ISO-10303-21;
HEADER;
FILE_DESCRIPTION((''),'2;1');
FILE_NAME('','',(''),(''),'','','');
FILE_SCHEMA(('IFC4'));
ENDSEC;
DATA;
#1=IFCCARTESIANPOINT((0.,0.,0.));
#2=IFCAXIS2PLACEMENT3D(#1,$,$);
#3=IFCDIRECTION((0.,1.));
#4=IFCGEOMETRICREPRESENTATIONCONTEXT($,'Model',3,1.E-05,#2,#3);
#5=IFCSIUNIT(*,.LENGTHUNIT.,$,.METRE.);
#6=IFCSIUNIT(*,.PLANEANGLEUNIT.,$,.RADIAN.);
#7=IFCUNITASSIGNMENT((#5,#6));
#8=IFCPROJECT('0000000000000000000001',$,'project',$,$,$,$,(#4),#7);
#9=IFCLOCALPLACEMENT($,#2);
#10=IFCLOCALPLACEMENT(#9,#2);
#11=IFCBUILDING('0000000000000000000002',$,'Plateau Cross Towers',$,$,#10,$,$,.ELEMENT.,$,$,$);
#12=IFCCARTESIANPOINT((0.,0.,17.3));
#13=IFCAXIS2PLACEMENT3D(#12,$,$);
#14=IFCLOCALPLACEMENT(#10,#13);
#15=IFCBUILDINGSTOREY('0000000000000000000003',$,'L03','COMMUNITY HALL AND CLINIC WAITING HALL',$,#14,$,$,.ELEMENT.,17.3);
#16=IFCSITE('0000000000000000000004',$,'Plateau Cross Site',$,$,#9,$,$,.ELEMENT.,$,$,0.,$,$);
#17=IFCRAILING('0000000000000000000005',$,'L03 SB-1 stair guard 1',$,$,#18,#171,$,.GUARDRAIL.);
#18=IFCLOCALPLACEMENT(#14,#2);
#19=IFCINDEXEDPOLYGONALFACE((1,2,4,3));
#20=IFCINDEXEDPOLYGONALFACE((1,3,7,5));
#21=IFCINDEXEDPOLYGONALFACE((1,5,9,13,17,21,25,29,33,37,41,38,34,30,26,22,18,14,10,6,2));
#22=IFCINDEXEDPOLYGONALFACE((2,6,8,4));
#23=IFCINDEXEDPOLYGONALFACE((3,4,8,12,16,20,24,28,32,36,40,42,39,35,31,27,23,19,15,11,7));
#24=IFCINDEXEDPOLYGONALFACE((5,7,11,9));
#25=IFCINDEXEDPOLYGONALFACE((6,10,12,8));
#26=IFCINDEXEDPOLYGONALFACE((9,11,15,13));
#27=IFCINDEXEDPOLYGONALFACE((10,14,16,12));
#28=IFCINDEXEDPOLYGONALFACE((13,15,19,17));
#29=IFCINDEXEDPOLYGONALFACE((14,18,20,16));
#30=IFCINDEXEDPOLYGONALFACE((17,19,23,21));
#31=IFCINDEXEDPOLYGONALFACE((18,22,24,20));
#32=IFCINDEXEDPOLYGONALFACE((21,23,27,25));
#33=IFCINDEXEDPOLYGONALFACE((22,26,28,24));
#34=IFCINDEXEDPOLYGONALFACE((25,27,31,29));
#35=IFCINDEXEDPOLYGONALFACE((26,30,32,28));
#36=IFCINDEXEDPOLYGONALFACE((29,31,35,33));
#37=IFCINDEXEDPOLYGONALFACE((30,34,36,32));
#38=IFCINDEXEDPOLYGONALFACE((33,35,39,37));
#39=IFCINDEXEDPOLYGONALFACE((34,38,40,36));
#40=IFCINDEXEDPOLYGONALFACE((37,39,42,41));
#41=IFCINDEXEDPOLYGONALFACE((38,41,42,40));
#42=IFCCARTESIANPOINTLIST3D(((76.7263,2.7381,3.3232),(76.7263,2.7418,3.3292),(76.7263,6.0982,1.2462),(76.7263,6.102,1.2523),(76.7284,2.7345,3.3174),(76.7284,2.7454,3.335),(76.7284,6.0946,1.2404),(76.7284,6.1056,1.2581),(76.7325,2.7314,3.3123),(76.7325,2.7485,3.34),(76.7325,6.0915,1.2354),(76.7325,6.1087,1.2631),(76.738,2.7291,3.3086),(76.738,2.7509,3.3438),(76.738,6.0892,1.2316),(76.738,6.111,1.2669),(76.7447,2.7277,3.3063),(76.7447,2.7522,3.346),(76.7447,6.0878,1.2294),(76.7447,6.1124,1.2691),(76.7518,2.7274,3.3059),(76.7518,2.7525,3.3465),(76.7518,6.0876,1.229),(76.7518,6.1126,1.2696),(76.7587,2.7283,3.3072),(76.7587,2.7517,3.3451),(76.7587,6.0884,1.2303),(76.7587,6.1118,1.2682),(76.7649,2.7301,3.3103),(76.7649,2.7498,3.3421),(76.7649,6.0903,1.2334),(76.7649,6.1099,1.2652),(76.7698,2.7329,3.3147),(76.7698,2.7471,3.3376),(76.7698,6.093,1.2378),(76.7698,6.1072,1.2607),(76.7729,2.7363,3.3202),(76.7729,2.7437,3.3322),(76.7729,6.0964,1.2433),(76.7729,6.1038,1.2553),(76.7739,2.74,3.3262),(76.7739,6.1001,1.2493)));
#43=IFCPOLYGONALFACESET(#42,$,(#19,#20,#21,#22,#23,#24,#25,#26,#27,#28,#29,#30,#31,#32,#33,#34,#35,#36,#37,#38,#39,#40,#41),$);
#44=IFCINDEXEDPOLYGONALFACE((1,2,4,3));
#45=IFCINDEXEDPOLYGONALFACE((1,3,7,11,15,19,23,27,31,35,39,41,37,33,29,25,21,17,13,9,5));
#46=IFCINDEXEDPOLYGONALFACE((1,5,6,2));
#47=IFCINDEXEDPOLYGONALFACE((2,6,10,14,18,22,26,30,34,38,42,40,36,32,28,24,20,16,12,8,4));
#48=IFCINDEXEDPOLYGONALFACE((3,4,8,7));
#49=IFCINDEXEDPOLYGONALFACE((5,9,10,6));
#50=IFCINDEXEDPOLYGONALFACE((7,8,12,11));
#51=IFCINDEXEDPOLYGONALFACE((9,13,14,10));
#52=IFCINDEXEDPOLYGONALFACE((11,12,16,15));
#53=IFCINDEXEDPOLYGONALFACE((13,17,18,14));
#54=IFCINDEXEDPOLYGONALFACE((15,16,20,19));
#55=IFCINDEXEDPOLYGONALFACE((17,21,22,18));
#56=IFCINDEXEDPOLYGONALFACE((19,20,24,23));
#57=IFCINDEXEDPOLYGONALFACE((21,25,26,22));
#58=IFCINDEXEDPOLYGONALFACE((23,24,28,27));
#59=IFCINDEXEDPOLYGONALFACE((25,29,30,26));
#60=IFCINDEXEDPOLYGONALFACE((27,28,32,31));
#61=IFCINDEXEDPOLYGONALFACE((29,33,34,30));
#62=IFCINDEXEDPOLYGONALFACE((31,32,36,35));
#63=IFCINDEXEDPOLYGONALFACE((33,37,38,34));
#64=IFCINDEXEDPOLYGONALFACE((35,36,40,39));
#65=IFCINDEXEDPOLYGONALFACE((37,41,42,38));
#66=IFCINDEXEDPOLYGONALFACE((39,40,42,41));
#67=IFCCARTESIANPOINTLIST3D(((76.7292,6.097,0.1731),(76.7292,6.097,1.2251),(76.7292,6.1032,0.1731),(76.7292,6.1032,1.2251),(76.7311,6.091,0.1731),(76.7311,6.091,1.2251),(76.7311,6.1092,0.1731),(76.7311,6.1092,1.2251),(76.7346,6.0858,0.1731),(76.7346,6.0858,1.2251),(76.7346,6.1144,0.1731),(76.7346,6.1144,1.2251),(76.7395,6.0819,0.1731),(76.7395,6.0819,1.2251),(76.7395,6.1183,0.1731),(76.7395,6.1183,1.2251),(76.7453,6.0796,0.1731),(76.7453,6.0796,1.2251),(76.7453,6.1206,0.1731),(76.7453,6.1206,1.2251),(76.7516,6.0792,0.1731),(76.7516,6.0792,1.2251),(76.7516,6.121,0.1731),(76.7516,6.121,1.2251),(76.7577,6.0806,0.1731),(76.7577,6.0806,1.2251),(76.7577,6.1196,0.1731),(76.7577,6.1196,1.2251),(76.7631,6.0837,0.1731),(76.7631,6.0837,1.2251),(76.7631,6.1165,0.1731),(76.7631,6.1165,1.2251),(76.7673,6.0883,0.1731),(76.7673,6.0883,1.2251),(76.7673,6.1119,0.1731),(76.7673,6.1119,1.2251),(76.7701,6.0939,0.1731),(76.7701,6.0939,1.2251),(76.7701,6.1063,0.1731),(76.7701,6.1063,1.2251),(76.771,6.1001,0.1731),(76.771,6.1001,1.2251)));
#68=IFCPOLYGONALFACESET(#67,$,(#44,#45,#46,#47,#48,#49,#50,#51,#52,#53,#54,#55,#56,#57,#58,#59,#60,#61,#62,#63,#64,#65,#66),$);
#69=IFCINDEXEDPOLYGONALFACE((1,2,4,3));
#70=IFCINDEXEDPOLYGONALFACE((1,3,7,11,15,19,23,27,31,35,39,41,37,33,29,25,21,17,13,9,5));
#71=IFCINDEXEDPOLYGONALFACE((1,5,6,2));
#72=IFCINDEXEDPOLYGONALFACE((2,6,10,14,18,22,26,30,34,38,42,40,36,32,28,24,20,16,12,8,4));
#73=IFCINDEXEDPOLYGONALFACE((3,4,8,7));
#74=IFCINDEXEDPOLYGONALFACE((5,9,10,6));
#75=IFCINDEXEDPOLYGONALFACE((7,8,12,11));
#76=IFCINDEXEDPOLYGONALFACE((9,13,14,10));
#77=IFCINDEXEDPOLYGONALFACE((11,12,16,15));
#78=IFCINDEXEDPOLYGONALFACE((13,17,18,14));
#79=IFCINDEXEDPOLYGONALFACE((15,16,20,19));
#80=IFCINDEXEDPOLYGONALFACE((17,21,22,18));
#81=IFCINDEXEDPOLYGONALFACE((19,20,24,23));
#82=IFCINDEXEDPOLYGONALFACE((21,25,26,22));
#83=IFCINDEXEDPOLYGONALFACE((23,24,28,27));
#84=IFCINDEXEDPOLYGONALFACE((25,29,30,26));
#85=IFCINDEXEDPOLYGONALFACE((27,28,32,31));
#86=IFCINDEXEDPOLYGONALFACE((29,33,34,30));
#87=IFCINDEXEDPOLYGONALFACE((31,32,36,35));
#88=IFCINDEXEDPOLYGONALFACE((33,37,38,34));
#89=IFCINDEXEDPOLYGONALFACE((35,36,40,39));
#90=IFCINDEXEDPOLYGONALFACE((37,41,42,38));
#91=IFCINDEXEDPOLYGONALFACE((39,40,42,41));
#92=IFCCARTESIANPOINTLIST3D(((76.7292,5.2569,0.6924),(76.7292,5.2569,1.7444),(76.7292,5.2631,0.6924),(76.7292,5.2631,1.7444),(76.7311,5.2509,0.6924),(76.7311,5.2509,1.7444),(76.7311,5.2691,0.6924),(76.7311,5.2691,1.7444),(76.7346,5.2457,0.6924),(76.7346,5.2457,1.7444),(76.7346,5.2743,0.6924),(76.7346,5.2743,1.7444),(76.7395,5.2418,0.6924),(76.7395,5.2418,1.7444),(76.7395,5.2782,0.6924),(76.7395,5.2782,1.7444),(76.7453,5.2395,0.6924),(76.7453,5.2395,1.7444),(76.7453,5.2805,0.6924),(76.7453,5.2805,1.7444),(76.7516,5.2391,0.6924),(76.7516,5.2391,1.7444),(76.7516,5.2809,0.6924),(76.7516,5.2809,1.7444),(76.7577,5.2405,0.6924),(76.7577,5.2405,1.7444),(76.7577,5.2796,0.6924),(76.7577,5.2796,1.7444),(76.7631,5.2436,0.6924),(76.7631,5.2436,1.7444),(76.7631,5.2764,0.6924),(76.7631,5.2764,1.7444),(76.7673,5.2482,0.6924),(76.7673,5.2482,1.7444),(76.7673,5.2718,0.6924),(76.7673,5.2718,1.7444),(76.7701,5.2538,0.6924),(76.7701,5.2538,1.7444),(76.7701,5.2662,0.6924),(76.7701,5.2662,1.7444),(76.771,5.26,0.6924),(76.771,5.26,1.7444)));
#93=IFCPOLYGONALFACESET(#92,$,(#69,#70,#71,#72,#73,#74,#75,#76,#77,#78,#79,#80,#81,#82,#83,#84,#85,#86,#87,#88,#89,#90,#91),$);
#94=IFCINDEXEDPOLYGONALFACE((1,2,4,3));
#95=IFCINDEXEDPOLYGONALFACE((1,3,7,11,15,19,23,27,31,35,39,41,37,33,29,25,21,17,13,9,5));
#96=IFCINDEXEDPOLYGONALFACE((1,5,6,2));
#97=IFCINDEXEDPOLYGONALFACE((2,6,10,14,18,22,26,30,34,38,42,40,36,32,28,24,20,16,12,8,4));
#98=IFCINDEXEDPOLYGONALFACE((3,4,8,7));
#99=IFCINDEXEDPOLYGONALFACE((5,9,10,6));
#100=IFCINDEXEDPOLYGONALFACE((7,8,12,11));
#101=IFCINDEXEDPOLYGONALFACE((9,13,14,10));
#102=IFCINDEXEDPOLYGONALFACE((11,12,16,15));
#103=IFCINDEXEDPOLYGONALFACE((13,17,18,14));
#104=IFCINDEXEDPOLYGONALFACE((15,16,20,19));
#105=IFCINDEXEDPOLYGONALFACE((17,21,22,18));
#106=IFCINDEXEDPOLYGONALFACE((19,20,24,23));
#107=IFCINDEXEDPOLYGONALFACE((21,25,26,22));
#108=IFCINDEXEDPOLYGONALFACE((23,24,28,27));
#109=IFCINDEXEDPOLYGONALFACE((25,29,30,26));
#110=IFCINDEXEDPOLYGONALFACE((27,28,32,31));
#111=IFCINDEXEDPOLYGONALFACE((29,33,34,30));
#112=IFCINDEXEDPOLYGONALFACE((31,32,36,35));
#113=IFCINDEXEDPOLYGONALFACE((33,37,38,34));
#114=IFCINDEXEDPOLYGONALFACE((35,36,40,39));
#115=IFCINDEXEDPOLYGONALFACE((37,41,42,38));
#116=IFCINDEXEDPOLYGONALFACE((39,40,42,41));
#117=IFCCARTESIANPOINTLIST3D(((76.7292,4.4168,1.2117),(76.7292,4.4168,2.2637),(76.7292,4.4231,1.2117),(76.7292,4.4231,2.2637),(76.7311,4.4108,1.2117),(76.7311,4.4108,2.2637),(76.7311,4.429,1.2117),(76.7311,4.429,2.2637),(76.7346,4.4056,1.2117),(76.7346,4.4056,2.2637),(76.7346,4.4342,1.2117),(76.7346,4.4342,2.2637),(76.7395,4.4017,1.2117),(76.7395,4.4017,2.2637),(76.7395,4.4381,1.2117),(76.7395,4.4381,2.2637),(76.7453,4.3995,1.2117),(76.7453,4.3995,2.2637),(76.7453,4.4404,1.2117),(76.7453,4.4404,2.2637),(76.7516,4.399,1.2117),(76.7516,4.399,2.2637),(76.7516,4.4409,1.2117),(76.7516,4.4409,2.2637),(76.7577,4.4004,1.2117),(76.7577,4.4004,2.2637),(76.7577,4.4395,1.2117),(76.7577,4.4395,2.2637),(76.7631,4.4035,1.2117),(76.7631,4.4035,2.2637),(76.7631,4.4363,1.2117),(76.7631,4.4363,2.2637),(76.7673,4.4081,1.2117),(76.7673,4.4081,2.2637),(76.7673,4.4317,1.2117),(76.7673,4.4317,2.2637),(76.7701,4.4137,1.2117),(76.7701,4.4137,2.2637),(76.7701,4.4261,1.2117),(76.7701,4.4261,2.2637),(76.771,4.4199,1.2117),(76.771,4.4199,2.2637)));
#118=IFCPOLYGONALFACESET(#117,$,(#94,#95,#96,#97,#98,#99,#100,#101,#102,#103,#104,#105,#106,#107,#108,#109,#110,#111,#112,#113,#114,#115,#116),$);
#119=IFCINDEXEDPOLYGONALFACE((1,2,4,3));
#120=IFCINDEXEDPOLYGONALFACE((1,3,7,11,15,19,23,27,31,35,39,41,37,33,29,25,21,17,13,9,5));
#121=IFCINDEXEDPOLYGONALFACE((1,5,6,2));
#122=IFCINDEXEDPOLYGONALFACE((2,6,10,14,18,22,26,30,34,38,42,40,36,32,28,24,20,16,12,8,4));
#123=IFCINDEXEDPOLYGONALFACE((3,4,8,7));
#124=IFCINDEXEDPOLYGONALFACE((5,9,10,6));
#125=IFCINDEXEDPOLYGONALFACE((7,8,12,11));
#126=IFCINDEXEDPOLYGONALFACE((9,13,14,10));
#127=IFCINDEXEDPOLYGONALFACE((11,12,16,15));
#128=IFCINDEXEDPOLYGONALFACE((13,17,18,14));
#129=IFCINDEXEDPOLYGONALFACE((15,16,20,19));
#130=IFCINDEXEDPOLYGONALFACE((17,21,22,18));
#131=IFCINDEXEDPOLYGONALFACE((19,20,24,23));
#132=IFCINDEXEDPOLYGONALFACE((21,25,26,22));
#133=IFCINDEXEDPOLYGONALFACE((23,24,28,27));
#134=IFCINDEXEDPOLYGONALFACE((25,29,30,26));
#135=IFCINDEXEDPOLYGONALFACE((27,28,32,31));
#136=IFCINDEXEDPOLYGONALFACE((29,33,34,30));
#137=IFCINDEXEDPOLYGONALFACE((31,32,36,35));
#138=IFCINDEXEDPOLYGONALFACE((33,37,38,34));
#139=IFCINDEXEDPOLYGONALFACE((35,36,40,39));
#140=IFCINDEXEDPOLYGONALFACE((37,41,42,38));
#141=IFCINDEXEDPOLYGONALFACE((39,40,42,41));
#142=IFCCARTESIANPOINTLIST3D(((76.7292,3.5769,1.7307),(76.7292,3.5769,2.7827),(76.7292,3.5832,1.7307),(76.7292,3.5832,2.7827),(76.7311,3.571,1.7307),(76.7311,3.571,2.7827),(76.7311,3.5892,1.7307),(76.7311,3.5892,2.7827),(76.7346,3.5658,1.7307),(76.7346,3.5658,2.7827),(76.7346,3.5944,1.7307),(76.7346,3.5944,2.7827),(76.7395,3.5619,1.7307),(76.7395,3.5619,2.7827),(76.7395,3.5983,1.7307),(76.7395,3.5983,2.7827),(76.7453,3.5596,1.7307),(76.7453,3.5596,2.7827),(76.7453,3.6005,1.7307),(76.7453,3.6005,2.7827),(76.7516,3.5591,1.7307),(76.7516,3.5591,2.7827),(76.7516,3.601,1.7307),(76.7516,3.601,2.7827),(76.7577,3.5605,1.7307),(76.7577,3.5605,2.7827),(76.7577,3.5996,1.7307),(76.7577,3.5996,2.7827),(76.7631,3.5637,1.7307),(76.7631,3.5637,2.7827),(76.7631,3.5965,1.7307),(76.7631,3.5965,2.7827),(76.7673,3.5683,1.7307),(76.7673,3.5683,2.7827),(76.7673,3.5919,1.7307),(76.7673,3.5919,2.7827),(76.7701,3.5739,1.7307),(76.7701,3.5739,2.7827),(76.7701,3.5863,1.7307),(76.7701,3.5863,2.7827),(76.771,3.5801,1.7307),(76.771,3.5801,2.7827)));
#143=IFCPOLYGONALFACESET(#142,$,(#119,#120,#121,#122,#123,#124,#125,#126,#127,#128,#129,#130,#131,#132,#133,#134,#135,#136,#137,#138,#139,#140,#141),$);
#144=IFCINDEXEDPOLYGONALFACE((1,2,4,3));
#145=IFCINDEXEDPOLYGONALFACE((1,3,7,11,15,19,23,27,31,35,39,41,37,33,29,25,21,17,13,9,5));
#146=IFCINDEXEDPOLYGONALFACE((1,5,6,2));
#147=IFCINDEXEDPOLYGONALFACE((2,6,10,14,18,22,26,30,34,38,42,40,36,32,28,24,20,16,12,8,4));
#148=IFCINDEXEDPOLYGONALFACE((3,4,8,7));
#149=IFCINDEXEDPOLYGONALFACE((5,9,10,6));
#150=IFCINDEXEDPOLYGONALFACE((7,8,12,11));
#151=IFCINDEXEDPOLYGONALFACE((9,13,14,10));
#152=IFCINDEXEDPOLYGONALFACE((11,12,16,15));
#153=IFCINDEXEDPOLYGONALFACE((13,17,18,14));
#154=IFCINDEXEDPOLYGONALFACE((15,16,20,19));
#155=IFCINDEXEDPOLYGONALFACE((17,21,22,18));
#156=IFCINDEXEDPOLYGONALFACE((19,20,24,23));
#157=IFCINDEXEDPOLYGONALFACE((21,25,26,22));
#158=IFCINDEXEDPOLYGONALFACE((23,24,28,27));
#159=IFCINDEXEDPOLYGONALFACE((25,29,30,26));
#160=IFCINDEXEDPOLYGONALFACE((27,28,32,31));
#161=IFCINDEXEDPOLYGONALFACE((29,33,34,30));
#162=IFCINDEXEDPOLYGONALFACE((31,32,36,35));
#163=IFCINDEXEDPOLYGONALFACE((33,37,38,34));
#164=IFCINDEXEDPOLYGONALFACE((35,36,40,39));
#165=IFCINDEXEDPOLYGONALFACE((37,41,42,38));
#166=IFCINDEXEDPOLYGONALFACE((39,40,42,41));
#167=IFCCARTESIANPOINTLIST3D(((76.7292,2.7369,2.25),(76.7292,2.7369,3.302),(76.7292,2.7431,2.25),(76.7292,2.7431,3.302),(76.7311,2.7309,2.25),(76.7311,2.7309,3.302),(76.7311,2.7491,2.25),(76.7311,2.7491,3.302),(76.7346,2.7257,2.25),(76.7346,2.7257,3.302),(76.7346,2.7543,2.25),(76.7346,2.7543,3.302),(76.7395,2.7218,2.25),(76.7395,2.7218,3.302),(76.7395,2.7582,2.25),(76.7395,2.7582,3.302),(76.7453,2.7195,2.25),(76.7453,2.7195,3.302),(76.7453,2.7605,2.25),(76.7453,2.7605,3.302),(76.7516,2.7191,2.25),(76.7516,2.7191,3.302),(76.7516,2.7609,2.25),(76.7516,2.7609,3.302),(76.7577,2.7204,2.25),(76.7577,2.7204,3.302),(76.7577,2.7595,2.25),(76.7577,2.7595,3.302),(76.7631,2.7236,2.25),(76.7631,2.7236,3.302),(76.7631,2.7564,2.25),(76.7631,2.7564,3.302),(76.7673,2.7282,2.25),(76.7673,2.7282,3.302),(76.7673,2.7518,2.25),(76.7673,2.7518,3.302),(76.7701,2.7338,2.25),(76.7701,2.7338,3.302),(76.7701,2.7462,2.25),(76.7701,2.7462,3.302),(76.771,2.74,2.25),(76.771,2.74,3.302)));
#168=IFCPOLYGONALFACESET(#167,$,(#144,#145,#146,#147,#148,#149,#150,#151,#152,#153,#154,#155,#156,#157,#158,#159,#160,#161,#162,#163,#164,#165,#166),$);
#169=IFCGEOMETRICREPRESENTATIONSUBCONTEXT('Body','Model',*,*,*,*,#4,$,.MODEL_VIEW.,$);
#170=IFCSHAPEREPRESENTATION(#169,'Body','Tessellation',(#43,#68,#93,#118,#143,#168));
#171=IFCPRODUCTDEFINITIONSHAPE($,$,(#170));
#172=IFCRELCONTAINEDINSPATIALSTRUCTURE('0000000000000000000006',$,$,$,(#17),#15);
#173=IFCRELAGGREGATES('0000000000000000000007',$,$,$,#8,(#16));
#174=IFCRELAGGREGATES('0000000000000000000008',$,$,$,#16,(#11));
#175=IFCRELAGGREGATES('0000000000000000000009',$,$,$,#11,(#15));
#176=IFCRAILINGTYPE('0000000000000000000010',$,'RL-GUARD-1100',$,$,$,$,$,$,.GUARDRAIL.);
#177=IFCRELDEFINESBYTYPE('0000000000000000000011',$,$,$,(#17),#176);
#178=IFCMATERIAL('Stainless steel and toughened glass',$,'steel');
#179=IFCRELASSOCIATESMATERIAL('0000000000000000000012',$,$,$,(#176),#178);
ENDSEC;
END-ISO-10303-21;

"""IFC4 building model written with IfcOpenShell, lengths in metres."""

from ifc_helpers import new_model, si_unit, direction, frame, origin, origin_2d, place, context, subcontext, project, spatial, circle, extrude, material, type_object, element, save


model = new_model("IFC4")

# Units and contexts
model_context = context("Model", 3, precision=1e-05, world=origin(), true_north=direction((0.0, 1.0)))
body_context = subcontext(model_context, "Body", "Model", "MODEL_VIEW")
ifc_project = project(units=[si_unit("LENGTHUNIT", "METRE"), si_unit("PLANEANGLEUNIT", "RADIAN")], contexts=[model_context])

# Site, building, storey
site_placement = place(None, origin())
site = spatial("IfcSite", under=ifc_project, at=site_placement, Name="Plateau Cross Site", CompositionType="ELEMENT", RefElevation=0.0)
building_placement = place(site_placement, origin())
building = spatial("IfcBuilding", under=site, at=building_placement, Name="Plateau Cross Towers", CompositionType="ELEMENT")
storey_placement = place(building_placement, frame((0.0, 0.0, 17.3)))
storey = spatial("IfcBuildingStorey", under=building, at=storey_placement, Name="L03", Description="COMMUNITY HALL AND CLINIC WAITING HALL", CompositionType="ELEMENT", Elevation=17.3)

# Railing
ifc_material_1 = material(Name="Stainless steel and toughened glass", Category="steel")
railing_type_1 = type_object("IfcRailingType", Name="RL-GUARD-1100", PredefinedType="GUARDRAIL", material=ifc_material_1)
railing_1_placement = place(storey_placement, frame((76.75, 6.1001, 0.1731)))
element("IfcRailing", 1, at=railing_1_placement, inside=storey, type_object=railing_type_1, Name="L03 SB-1 stair guard 1", PredefinedType="GUARDRAIL", context=body_context, shape_type="SweptSolid", body=[
    extrude(circle(Radius=0.0239, at=origin_2d()), frame((0.0, 0.0, 1.0762), z_axis=(0.0, -0.850623, 0.525776), x_axis=(1.0, 0.0, 0.0)), (0.0, 0.0, 1.0), 3.9502),
    extrude(circle(Radius=0.021, at=origin_2d()), origin(), (0.0, 0.0, 1.0), 1.052),
    extrude(circle(Radius=0.021, at=origin_2d()), frame((0.0, -0.8401, 0.5193)), (0.0, 0.0, 1.0), 1.052),
    extrude(circle(Radius=0.021, at=origin_2d()), frame((0.0, -1.6802, 1.0386)), (0.0, 0.0, 1.0), 1.052),
    extrude(circle(Radius=0.021, at=origin_2d()), frame((0.0, -2.52, 1.5576)), (0.0, 0.0, 1.0), 1.052),
    extrude(circle(Radius=0.021, at=origin_2d()), frame((0.0, -3.3601, 2.0769)), (0.0, 0.0, 1.0), 1.052),
])

save(model, "model.ifc")
